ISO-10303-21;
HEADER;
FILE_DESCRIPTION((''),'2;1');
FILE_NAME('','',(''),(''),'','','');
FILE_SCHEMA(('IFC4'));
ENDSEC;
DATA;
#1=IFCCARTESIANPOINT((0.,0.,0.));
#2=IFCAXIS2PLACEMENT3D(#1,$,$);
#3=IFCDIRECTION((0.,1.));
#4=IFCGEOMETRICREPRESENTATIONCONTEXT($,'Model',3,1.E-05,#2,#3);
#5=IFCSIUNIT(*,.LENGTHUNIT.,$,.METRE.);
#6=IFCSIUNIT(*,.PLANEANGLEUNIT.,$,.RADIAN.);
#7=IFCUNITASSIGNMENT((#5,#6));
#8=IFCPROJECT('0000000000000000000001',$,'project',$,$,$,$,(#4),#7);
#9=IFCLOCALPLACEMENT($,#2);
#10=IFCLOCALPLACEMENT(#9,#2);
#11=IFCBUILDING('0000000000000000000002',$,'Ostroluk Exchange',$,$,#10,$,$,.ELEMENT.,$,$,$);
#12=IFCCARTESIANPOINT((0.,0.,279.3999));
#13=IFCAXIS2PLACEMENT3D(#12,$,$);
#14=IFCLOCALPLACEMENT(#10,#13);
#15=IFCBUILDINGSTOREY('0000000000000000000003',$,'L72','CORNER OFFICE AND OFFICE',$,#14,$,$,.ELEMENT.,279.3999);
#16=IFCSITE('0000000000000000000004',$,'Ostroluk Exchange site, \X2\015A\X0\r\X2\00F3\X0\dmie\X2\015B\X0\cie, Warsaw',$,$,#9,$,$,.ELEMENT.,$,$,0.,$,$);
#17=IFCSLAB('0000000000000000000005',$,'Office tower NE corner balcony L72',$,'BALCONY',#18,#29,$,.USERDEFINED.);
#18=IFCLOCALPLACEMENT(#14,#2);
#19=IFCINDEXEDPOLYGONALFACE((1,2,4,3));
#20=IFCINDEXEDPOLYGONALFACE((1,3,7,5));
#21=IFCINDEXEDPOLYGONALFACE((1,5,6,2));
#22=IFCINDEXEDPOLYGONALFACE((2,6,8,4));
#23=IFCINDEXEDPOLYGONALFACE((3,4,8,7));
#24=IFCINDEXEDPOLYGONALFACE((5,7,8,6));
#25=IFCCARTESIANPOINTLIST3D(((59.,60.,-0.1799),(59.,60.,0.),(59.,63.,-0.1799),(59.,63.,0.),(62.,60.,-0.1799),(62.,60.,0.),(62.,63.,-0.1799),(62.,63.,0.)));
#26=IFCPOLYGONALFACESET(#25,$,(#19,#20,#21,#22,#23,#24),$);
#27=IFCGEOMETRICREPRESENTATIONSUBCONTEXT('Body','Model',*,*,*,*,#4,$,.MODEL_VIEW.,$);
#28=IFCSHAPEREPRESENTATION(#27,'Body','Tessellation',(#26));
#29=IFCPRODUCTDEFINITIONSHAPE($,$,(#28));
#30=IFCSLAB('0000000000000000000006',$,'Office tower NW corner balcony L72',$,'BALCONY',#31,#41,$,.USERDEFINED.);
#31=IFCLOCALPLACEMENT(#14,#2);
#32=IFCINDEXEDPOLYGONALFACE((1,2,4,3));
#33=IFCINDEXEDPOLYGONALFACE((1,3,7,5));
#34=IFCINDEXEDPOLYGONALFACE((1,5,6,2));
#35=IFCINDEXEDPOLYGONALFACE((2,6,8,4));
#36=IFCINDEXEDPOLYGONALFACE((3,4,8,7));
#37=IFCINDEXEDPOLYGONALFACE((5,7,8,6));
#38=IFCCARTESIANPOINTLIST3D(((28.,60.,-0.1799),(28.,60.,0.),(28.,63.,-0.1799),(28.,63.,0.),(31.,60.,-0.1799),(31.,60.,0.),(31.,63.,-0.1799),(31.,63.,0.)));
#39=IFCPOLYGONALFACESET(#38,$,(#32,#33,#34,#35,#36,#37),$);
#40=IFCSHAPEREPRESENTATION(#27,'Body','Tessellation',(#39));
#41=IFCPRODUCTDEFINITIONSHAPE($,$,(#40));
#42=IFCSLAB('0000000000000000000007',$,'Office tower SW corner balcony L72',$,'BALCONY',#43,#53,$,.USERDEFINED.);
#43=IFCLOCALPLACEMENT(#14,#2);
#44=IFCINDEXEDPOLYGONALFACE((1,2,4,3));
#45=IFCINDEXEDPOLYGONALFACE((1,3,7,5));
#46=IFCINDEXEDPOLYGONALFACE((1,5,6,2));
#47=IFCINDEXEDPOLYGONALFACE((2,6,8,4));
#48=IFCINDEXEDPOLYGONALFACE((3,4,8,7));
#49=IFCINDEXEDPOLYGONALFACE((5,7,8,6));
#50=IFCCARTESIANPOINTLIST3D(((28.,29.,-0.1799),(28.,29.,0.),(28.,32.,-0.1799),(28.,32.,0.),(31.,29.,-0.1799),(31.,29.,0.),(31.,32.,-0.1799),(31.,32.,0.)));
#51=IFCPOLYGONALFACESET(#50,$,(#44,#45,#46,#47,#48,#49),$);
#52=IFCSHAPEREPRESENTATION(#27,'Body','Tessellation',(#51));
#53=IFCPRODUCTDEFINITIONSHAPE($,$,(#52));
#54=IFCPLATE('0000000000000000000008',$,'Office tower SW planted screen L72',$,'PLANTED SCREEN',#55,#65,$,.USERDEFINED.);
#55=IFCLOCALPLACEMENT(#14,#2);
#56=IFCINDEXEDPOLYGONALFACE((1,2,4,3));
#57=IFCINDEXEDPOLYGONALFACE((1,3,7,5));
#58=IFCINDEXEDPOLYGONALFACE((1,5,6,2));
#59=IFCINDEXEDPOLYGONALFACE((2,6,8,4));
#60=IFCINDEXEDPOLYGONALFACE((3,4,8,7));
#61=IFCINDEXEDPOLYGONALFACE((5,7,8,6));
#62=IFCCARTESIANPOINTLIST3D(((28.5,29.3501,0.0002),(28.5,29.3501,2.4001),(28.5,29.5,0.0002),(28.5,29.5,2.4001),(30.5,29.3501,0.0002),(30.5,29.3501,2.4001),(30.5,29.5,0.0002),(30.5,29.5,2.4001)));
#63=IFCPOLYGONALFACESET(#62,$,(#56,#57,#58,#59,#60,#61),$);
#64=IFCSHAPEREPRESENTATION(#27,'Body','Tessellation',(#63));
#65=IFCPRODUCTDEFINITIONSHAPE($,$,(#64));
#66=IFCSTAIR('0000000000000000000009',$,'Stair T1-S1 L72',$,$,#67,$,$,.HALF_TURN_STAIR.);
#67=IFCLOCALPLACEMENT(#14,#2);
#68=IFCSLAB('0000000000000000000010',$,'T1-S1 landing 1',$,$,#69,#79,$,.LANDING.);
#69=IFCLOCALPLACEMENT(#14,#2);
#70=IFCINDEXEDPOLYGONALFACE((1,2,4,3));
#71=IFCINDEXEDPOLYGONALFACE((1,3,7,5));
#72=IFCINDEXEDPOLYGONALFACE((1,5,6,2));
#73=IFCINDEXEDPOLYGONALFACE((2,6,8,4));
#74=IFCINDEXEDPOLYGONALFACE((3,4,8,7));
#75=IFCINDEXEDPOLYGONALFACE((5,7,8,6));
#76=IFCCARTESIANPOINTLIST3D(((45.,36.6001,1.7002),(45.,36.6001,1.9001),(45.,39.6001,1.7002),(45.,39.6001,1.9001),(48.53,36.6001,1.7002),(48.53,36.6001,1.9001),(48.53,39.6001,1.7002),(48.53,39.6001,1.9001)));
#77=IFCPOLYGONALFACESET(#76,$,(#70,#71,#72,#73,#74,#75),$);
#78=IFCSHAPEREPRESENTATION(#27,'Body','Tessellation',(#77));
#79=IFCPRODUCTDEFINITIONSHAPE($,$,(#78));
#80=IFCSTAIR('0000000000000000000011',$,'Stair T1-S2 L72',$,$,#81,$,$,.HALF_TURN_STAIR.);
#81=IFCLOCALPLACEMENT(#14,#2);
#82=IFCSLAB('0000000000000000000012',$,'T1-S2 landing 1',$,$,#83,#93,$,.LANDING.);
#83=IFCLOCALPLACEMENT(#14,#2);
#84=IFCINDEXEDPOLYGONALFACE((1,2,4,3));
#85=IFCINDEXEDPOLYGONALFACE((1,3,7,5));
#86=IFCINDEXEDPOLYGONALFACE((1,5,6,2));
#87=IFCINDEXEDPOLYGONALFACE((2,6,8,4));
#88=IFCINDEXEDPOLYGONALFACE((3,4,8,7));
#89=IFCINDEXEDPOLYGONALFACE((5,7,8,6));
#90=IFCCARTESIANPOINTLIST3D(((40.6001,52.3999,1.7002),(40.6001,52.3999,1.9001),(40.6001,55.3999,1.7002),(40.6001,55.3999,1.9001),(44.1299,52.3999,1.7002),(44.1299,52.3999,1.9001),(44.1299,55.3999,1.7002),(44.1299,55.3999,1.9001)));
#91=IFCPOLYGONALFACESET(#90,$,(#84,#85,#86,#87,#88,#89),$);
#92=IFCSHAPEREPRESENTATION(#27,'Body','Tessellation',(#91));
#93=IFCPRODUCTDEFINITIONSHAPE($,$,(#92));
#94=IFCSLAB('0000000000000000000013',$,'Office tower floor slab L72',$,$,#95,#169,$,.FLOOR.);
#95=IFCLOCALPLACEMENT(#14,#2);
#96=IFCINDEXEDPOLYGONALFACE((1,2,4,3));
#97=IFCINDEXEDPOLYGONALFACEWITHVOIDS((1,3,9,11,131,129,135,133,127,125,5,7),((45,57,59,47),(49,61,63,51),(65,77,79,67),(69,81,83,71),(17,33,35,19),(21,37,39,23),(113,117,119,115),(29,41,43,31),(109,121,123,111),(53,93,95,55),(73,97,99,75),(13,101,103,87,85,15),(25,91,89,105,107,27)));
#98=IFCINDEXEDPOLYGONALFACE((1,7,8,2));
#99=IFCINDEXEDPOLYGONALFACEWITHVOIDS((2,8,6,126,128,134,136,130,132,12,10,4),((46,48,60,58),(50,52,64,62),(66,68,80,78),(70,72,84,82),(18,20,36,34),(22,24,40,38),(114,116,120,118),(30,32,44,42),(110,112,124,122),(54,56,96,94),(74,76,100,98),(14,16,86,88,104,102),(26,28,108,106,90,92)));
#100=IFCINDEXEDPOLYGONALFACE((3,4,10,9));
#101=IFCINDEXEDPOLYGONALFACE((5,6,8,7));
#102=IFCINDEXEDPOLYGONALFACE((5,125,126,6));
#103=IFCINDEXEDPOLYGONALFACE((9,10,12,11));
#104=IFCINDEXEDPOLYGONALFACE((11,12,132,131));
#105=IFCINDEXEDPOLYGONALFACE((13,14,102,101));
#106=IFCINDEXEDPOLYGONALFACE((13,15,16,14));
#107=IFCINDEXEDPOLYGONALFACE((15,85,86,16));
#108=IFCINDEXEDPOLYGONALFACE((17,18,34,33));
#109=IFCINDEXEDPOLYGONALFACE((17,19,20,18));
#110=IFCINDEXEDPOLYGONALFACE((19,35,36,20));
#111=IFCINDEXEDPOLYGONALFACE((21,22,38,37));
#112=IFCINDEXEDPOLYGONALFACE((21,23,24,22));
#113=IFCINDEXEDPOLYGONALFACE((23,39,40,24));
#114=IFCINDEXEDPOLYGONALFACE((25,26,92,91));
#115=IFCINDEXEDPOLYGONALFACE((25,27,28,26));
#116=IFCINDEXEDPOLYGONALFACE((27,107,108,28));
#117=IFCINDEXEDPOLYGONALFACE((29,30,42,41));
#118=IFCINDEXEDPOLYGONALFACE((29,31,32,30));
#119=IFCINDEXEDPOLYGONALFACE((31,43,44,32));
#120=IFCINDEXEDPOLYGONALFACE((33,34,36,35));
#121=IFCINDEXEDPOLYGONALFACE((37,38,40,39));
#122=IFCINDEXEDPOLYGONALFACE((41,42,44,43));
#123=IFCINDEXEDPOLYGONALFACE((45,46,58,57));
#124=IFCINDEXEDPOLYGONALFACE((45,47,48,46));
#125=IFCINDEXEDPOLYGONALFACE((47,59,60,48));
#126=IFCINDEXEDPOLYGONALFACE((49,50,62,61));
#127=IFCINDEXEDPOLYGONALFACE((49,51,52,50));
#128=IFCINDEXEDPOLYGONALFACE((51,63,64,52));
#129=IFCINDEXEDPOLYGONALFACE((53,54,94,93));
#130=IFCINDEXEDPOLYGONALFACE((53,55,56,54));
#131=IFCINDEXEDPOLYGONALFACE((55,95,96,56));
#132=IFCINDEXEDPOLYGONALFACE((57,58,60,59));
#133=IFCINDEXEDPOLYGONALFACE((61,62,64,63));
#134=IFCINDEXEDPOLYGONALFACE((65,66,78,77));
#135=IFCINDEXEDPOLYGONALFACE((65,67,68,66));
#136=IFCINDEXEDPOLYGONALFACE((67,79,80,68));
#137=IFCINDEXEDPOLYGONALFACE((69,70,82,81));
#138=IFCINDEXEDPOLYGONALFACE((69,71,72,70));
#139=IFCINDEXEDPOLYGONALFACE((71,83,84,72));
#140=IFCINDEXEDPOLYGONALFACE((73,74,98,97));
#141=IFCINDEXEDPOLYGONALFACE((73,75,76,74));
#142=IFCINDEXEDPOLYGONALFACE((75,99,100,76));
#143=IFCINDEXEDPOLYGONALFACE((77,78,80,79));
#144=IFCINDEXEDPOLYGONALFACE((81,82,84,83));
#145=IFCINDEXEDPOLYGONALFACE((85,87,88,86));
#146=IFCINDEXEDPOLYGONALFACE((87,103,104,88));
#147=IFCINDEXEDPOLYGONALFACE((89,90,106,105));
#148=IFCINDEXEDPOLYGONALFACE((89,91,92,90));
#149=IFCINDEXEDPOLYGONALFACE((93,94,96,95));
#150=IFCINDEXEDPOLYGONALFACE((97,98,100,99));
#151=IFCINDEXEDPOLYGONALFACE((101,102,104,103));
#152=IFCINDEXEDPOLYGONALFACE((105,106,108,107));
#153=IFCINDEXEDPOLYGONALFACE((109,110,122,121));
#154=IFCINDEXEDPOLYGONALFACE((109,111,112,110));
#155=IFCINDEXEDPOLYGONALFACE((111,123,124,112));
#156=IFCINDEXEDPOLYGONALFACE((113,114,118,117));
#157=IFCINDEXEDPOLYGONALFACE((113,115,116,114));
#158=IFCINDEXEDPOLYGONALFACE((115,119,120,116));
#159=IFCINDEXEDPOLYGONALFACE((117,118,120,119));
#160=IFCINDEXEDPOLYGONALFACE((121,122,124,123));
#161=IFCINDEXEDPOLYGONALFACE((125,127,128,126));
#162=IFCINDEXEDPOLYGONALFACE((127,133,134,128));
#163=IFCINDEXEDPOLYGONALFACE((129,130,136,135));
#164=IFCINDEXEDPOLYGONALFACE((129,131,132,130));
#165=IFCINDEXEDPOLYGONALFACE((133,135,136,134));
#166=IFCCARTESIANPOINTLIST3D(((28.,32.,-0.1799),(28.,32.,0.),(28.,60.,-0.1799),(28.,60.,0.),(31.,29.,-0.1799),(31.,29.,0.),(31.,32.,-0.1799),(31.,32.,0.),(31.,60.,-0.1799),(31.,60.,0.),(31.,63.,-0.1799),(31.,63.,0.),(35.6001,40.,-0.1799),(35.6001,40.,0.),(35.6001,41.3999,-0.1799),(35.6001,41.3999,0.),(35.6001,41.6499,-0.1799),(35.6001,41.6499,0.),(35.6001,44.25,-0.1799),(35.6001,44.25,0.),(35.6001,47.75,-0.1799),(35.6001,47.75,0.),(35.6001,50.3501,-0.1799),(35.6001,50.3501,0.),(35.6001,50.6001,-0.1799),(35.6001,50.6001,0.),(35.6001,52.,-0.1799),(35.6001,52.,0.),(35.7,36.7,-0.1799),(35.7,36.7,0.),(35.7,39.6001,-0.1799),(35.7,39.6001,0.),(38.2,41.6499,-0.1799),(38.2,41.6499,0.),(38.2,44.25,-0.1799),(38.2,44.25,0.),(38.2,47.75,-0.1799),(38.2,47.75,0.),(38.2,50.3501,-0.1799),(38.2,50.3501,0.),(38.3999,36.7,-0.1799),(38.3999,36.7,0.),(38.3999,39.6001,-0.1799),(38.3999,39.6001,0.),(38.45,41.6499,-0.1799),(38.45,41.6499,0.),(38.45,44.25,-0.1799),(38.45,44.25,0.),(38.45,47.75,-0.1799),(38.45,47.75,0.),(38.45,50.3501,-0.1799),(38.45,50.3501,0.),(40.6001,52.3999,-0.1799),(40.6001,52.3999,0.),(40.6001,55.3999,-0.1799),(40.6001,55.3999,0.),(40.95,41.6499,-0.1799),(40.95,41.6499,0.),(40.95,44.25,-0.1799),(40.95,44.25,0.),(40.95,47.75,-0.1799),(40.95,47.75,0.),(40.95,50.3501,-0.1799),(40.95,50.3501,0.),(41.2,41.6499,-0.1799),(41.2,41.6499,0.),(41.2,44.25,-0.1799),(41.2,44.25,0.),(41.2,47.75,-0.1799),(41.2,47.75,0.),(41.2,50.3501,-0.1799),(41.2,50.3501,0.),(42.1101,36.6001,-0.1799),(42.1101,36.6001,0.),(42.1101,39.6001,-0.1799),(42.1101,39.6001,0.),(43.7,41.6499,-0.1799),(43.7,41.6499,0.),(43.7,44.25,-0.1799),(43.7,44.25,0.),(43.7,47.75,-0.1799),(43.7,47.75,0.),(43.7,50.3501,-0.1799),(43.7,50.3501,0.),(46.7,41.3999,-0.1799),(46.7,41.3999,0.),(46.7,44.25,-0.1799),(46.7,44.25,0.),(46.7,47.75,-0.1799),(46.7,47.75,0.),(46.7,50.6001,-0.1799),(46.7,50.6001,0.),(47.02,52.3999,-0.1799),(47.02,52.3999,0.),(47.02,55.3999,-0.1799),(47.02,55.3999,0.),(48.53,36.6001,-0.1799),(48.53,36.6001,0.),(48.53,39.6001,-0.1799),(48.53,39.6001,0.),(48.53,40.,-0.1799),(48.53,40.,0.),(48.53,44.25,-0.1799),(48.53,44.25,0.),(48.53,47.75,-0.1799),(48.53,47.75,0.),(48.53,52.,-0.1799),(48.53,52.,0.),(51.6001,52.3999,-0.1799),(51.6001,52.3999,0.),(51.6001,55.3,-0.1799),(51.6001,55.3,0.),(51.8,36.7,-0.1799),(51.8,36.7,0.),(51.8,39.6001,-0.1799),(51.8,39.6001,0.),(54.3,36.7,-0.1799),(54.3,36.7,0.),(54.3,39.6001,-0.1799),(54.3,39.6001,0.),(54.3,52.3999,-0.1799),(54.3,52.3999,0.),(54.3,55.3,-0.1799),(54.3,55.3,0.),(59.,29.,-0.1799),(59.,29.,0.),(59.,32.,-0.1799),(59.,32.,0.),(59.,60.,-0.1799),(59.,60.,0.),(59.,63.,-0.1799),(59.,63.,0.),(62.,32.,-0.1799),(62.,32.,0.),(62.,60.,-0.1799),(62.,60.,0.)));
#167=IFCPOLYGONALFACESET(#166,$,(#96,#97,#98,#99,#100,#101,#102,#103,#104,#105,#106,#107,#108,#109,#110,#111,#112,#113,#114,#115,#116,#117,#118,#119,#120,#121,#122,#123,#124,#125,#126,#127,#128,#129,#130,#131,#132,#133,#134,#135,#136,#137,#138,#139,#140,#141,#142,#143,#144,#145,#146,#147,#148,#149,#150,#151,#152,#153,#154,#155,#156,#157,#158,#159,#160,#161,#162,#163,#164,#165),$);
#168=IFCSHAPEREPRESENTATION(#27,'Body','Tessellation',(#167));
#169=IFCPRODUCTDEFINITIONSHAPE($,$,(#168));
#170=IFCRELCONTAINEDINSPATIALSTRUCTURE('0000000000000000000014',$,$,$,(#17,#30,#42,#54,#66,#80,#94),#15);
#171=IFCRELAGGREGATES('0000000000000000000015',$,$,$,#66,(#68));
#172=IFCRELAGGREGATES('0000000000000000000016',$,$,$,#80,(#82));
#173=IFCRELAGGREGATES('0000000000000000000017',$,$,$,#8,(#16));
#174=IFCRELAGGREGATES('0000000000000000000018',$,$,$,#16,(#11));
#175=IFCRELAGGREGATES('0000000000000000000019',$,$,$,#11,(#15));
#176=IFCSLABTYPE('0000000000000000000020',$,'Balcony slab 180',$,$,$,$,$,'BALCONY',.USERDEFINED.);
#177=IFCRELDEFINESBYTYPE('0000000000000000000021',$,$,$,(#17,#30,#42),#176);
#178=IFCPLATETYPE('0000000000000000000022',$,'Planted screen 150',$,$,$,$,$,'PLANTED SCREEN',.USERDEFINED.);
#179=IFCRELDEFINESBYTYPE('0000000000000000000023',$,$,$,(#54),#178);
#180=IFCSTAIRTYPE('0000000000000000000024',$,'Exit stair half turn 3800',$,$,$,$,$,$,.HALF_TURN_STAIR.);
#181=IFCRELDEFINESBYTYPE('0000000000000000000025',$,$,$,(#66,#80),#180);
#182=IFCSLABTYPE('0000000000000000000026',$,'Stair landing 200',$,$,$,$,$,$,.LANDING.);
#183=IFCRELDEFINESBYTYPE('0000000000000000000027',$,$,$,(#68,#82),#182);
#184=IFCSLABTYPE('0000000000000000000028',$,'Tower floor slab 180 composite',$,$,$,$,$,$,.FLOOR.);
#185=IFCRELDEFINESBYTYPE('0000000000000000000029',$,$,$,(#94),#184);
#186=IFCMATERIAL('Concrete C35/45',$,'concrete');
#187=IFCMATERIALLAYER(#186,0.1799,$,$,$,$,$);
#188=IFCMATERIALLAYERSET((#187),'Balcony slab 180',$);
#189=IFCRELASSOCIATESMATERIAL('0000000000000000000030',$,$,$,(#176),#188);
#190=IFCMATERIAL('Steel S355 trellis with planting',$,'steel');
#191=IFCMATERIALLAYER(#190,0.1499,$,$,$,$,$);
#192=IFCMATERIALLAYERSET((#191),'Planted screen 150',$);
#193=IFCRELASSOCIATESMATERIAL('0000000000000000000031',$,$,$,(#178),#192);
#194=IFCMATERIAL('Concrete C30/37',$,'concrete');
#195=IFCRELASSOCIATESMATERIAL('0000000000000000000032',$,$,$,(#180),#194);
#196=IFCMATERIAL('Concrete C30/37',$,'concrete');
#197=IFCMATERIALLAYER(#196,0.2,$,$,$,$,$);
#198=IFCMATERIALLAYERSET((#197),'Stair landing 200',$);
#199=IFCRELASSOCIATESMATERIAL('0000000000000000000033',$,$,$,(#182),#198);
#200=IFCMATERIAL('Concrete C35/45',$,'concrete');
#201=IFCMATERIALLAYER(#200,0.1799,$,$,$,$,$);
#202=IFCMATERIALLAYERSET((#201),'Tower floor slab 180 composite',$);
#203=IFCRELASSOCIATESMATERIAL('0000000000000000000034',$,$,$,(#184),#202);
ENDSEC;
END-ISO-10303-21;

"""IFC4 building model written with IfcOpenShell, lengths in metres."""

from ifc_helpers import new_model, si_unit, direction, frame, origin, origin_2d, place, context, subcontext, project, spatial, polyline, rectangle, outline, extrude, material, layer, layer_set, type_object, element, aggregate, save


model = new_model("IFC4")

# Units and contexts
model_context = context("Model", 3, precision=1e-05, world=origin(), true_north=direction((0.0, 1.0)))
body_context = subcontext(model_context, "Body", "Model", "MODEL_VIEW")
ifc_project = project(units=[si_unit("LENGTHUNIT", "METRE"), si_unit("PLANEANGLEUNIT", "RADIAN")], contexts=[model_context])

# Site, building, storey
site_placement = place(None, origin())
site = spatial("IfcSite", under=ifc_project, at=site_placement, Name="Ostroluk Exchange site, Śródmieście, Warsaw", CompositionType="ELEMENT", RefElevation=0.0)
building_placement = place(site_placement, origin())
building = spatial("IfcBuilding", under=site, at=building_placement, Name="Ostroluk Exchange", CompositionType="ELEMENT")
storey_placement = place(building_placement, frame((0.0, 0.0, 279.3999)))
storey = spatial("IfcBuildingStorey", under=building, at=storey_placement, Name="L72", Description="CORNER OFFICE AND OFFICE", CompositionType="ELEMENT", Elevation=279.3999)

# Slabs
ifc_material_1 = material(Name="Concrete C35/45", Category="concrete")
ifc_layer_1 = layer(ifc_material_1, 0.1799)
ifc_layer_set_1 = layer_set([ifc_layer_1], Name="Balcony slab 180")
slab_type_1 = type_object("IfcSlabType", Name="Balcony slab 180", ElementType="BALCONY", PredefinedType="USERDEFINED", material=ifc_layer_set_1)
slab_1_placement = place(storey_placement, frame((0.0, 0.0, -0.1799)))
element("IfcSlab", 1, at=slab_1_placement, inside=storey, type_object=slab_type_1, Name="Office tower NE corner balcony L72", ObjectType="BALCONY", PredefinedType="USERDEFINED", context=body_context, shape_type="SweptSolid", body=[
    extrude(outline(polyline([(59.0, 60.0), (62.0, 60.0), (62.0, 63.0), (59.0, 63.0), (59.0, 60.0)])), origin(), (0.0, 0.0, 1.0), 0.1799),
])
slab_2_placement = place(storey_placement, frame((0.0, 0.0, -0.1799)))
element("IfcSlab", 2, at=slab_2_placement, inside=storey, type_object=slab_type_1, Name="Office tower NW corner balcony L72", ObjectType="BALCONY", PredefinedType="USERDEFINED", context=body_context, shape_type="SweptSolid", body=[
    extrude(outline(polyline([(28.0, 60.0), (31.0, 60.0), (31.0, 63.0), (28.0, 63.0), (28.0, 60.0)])), origin(), (0.0, 0.0, 1.0), 0.1799),
])
slab_3_placement = place(storey_placement, frame((0.0, 0.0, -0.1799)))
element("IfcSlab", 3, at=slab_3_placement, inside=storey, type_object=slab_type_1, Name="Office tower SW corner balcony L72", ObjectType="BALCONY", PredefinedType="USERDEFINED", context=body_context, shape_type="SweptSolid", body=[
    extrude(outline(polyline([(28.0, 29.0), (31.0, 29.0), (31.0, 32.0), (28.0, 32.0), (28.0, 29.0)])), origin(), (0.0, 0.0, 1.0), 0.1799),
])

# Plate
ifc_material_2 = material(Name="Steel S355 trellis with planting", Category="steel")
ifc_layer_2 = layer(ifc_material_2, 0.1499)
ifc_layer_set_2 = layer_set([ifc_layer_2], Name="Planted screen 150")
plate_type = type_object("IfcPlateType", Name="Planted screen 150", ElementType="PLANTED SCREEN", PredefinedType="USERDEFINED", material=ifc_layer_set_2)
plate_placement = place(storey_placement, frame((29.5, 29.425, 0.0002), z_axis=(0.0, 0.0, 1.0), x_axis=(1.0, 0.0, 0.0)))
element("IfcPlate", 4, at=plate_placement, inside=storey, type_object=plate_type, Name="Office tower SW planted screen L72", ObjectType="PLANTED SCREEN", PredefinedType="USERDEFINED", context=body_context, shape_type="SweptSolid", body=[
    extrude(rectangle(XDim=2.0, YDim=0.1499, at=origin_2d()), origin(), (0.0, 0.0, 1.0), 2.3999),
])

# Stairs, slabs
ifc_material_3 = material(Name="Concrete C30/37", Category="concrete")
stair_type = type_object("IfcStairType", Name="Exit stair half turn 3800", PredefinedType="HALF_TURN_STAIR", material=ifc_material_3)
stair_1_placement = place(storey_placement, origin())
stair_1 = element("IfcStair", 5, at=stair_1_placement, inside=storey, type_object=stair_type, Name="Stair T1-S1 L72", PredefinedType="HALF_TURN_STAIR")
ifc_material_4 = material(Name="Concrete C30/37", Category="concrete")
ifc_layer_3 = layer(ifc_material_4, 0.2)
ifc_layer_set_3 = layer_set([ifc_layer_3], Name="Stair landing 200")
slab_type_2 = type_object("IfcSlabType", Name="Stair landing 200", PredefinedType="LANDING", material=ifc_layer_set_3)
slab_4_placement = place(storey_placement, frame((0.0, 0.0, 1.7002)))
slab_4 = element("IfcSlab", 6, at=slab_4_placement, type_object=slab_type_2, Name="T1-S1 landing 1", PredefinedType="LANDING", context=body_context, shape_type="SweptSolid", body=[
    extrude(outline(polyline([(45.0, 36.6001), (45.0, 39.6001), (48.53, 39.6001), (48.53, 36.6001), (45.0, 36.6001)])), origin(), (0.0, 0.0, 1.0), 0.2),
])
aggregate(stair_1, [slab_4])
stair_2_placement = place(storey_placement, origin())
stair_2 = element("IfcStair", 7, at=stair_2_placement, inside=storey, type_object=stair_type, Name="Stair T1-S2 L72", PredefinedType="HALF_TURN_STAIR")
slab_5_placement = place(storey_placement, frame((0.0, 0.0, 1.7002)))
slab_5 = element("IfcSlab", 8, at=slab_5_placement, type_object=slab_type_2, Name="T1-S2 landing 1", PredefinedType="LANDING", context=body_context, shape_type="SweptSolid", body=[
    extrude(outline(polyline([(44.1299, 52.3999), (44.1299, 55.3999), (40.6001, 55.3999), (40.6001, 52.3999), (44.1299, 52.3999)])), origin(), (0.0, 0.0, 1.0), 0.2),
])
aggregate(stair_2, [slab_5])

# Slab
ifc_material_5 = material(Name="Concrete C35/45", Category="concrete")
ifc_layer_4 = layer(ifc_material_5, 0.1799)
ifc_layer_set_4 = layer_set([ifc_layer_4], Name="Tower floor slab 180 composite")
slab_type_3 = type_object("IfcSlabType", Name="Tower floor slab 180 composite", PredefinedType="FLOOR", material=ifc_layer_set_4)
slab_6_placement = place(storey_placement, frame((0.0, 0.0, -0.1799)))
element("IfcSlab", 9, at=slab_6_placement, inside=storey, type_object=slab_type_3, Name="Office tower floor slab L72", PredefinedType="FLOOR", context=body_context, shape_type="SweptSolid", body=[
    extrude(outline(polyline([(31.0, 29.0), (59.0, 29.0), (59.0, 32.0), (62.0, 32.0), (62.0, 60.0), (59.0, 60.0), (59.0, 63.0), (31.0, 63.0), (31.0, 60.0), (28.0, 60.0), (28.0, 32.0), (31.0, 32.0), (31.0, 29.0)]), holes=[polyline([(35.7, 36.7), (38.3999, 36.7), (38.3999, 39.6001), (35.7, 39.6001), (35.7, 36.7)]), polyline([(42.1101, 36.6001), (48.53, 36.6001), (48.53, 39.6001), (42.1101, 39.6001), (42.1101, 36.6001)]), polyline([(51.8, 36.7), (54.3, 36.7), (54.3, 39.6001), (51.8, 39.6001), (51.8, 36.7)]), polyline([(40.6001, 52.3999), (47.02, 52.3999), (47.02, 55.3999), (40.6001, 55.3999), (40.6001, 52.3999)]), polyline([(51.6001, 52.3999), (54.3, 52.3999), (54.3, 55.3), (51.6001, 55.3), (51.6001, 52.3999)]), polyline([(35.6001, 47.75), (38.2, 47.75), (38.2, 50.3501), (35.6001, 50.3501), (35.6001, 47.75)]), polyline([(38.45, 47.75), (40.95, 47.75), (40.95, 50.3501), (38.45, 50.3501), (38.45, 47.75)]), polyline([(41.2, 47.75), (43.7, 47.75), (43.7, 50.3501), (41.2, 50.3501), (41.2, 47.75)]), polyline([(35.6001, 41.6499), (38.2, 41.6499), (38.2, 44.25), (35.6001, 44.25), (35.6001, 41.6499)]), polyline([(38.45, 41.6499), (40.95, 41.6499), (40.95, 44.25), (38.45, 44.25), (38.45, 41.6499)]), polyline([(41.2, 41.6499), (43.7, 41.6499), (43.7, 44.25), (41.2, 44.25), (41.2, 41.6499)]), polyline([(48.53, 52.0), (48.53, 47.75), (46.7, 47.75), (46.7, 50.6001), (35.6001, 50.6001), (35.6001, 52.0), (48.53, 52.0)]), polyline([(35.6001, 40.0), (35.6001, 41.3999), (46.7, 41.3999), (46.7, 44.25), (48.53, 44.25), (48.53, 40.0), (35.6001, 40.0)])]), origin(), (0.0, 0.0, 1.0), 0.1799),
])

save(model, "model.ifc")
